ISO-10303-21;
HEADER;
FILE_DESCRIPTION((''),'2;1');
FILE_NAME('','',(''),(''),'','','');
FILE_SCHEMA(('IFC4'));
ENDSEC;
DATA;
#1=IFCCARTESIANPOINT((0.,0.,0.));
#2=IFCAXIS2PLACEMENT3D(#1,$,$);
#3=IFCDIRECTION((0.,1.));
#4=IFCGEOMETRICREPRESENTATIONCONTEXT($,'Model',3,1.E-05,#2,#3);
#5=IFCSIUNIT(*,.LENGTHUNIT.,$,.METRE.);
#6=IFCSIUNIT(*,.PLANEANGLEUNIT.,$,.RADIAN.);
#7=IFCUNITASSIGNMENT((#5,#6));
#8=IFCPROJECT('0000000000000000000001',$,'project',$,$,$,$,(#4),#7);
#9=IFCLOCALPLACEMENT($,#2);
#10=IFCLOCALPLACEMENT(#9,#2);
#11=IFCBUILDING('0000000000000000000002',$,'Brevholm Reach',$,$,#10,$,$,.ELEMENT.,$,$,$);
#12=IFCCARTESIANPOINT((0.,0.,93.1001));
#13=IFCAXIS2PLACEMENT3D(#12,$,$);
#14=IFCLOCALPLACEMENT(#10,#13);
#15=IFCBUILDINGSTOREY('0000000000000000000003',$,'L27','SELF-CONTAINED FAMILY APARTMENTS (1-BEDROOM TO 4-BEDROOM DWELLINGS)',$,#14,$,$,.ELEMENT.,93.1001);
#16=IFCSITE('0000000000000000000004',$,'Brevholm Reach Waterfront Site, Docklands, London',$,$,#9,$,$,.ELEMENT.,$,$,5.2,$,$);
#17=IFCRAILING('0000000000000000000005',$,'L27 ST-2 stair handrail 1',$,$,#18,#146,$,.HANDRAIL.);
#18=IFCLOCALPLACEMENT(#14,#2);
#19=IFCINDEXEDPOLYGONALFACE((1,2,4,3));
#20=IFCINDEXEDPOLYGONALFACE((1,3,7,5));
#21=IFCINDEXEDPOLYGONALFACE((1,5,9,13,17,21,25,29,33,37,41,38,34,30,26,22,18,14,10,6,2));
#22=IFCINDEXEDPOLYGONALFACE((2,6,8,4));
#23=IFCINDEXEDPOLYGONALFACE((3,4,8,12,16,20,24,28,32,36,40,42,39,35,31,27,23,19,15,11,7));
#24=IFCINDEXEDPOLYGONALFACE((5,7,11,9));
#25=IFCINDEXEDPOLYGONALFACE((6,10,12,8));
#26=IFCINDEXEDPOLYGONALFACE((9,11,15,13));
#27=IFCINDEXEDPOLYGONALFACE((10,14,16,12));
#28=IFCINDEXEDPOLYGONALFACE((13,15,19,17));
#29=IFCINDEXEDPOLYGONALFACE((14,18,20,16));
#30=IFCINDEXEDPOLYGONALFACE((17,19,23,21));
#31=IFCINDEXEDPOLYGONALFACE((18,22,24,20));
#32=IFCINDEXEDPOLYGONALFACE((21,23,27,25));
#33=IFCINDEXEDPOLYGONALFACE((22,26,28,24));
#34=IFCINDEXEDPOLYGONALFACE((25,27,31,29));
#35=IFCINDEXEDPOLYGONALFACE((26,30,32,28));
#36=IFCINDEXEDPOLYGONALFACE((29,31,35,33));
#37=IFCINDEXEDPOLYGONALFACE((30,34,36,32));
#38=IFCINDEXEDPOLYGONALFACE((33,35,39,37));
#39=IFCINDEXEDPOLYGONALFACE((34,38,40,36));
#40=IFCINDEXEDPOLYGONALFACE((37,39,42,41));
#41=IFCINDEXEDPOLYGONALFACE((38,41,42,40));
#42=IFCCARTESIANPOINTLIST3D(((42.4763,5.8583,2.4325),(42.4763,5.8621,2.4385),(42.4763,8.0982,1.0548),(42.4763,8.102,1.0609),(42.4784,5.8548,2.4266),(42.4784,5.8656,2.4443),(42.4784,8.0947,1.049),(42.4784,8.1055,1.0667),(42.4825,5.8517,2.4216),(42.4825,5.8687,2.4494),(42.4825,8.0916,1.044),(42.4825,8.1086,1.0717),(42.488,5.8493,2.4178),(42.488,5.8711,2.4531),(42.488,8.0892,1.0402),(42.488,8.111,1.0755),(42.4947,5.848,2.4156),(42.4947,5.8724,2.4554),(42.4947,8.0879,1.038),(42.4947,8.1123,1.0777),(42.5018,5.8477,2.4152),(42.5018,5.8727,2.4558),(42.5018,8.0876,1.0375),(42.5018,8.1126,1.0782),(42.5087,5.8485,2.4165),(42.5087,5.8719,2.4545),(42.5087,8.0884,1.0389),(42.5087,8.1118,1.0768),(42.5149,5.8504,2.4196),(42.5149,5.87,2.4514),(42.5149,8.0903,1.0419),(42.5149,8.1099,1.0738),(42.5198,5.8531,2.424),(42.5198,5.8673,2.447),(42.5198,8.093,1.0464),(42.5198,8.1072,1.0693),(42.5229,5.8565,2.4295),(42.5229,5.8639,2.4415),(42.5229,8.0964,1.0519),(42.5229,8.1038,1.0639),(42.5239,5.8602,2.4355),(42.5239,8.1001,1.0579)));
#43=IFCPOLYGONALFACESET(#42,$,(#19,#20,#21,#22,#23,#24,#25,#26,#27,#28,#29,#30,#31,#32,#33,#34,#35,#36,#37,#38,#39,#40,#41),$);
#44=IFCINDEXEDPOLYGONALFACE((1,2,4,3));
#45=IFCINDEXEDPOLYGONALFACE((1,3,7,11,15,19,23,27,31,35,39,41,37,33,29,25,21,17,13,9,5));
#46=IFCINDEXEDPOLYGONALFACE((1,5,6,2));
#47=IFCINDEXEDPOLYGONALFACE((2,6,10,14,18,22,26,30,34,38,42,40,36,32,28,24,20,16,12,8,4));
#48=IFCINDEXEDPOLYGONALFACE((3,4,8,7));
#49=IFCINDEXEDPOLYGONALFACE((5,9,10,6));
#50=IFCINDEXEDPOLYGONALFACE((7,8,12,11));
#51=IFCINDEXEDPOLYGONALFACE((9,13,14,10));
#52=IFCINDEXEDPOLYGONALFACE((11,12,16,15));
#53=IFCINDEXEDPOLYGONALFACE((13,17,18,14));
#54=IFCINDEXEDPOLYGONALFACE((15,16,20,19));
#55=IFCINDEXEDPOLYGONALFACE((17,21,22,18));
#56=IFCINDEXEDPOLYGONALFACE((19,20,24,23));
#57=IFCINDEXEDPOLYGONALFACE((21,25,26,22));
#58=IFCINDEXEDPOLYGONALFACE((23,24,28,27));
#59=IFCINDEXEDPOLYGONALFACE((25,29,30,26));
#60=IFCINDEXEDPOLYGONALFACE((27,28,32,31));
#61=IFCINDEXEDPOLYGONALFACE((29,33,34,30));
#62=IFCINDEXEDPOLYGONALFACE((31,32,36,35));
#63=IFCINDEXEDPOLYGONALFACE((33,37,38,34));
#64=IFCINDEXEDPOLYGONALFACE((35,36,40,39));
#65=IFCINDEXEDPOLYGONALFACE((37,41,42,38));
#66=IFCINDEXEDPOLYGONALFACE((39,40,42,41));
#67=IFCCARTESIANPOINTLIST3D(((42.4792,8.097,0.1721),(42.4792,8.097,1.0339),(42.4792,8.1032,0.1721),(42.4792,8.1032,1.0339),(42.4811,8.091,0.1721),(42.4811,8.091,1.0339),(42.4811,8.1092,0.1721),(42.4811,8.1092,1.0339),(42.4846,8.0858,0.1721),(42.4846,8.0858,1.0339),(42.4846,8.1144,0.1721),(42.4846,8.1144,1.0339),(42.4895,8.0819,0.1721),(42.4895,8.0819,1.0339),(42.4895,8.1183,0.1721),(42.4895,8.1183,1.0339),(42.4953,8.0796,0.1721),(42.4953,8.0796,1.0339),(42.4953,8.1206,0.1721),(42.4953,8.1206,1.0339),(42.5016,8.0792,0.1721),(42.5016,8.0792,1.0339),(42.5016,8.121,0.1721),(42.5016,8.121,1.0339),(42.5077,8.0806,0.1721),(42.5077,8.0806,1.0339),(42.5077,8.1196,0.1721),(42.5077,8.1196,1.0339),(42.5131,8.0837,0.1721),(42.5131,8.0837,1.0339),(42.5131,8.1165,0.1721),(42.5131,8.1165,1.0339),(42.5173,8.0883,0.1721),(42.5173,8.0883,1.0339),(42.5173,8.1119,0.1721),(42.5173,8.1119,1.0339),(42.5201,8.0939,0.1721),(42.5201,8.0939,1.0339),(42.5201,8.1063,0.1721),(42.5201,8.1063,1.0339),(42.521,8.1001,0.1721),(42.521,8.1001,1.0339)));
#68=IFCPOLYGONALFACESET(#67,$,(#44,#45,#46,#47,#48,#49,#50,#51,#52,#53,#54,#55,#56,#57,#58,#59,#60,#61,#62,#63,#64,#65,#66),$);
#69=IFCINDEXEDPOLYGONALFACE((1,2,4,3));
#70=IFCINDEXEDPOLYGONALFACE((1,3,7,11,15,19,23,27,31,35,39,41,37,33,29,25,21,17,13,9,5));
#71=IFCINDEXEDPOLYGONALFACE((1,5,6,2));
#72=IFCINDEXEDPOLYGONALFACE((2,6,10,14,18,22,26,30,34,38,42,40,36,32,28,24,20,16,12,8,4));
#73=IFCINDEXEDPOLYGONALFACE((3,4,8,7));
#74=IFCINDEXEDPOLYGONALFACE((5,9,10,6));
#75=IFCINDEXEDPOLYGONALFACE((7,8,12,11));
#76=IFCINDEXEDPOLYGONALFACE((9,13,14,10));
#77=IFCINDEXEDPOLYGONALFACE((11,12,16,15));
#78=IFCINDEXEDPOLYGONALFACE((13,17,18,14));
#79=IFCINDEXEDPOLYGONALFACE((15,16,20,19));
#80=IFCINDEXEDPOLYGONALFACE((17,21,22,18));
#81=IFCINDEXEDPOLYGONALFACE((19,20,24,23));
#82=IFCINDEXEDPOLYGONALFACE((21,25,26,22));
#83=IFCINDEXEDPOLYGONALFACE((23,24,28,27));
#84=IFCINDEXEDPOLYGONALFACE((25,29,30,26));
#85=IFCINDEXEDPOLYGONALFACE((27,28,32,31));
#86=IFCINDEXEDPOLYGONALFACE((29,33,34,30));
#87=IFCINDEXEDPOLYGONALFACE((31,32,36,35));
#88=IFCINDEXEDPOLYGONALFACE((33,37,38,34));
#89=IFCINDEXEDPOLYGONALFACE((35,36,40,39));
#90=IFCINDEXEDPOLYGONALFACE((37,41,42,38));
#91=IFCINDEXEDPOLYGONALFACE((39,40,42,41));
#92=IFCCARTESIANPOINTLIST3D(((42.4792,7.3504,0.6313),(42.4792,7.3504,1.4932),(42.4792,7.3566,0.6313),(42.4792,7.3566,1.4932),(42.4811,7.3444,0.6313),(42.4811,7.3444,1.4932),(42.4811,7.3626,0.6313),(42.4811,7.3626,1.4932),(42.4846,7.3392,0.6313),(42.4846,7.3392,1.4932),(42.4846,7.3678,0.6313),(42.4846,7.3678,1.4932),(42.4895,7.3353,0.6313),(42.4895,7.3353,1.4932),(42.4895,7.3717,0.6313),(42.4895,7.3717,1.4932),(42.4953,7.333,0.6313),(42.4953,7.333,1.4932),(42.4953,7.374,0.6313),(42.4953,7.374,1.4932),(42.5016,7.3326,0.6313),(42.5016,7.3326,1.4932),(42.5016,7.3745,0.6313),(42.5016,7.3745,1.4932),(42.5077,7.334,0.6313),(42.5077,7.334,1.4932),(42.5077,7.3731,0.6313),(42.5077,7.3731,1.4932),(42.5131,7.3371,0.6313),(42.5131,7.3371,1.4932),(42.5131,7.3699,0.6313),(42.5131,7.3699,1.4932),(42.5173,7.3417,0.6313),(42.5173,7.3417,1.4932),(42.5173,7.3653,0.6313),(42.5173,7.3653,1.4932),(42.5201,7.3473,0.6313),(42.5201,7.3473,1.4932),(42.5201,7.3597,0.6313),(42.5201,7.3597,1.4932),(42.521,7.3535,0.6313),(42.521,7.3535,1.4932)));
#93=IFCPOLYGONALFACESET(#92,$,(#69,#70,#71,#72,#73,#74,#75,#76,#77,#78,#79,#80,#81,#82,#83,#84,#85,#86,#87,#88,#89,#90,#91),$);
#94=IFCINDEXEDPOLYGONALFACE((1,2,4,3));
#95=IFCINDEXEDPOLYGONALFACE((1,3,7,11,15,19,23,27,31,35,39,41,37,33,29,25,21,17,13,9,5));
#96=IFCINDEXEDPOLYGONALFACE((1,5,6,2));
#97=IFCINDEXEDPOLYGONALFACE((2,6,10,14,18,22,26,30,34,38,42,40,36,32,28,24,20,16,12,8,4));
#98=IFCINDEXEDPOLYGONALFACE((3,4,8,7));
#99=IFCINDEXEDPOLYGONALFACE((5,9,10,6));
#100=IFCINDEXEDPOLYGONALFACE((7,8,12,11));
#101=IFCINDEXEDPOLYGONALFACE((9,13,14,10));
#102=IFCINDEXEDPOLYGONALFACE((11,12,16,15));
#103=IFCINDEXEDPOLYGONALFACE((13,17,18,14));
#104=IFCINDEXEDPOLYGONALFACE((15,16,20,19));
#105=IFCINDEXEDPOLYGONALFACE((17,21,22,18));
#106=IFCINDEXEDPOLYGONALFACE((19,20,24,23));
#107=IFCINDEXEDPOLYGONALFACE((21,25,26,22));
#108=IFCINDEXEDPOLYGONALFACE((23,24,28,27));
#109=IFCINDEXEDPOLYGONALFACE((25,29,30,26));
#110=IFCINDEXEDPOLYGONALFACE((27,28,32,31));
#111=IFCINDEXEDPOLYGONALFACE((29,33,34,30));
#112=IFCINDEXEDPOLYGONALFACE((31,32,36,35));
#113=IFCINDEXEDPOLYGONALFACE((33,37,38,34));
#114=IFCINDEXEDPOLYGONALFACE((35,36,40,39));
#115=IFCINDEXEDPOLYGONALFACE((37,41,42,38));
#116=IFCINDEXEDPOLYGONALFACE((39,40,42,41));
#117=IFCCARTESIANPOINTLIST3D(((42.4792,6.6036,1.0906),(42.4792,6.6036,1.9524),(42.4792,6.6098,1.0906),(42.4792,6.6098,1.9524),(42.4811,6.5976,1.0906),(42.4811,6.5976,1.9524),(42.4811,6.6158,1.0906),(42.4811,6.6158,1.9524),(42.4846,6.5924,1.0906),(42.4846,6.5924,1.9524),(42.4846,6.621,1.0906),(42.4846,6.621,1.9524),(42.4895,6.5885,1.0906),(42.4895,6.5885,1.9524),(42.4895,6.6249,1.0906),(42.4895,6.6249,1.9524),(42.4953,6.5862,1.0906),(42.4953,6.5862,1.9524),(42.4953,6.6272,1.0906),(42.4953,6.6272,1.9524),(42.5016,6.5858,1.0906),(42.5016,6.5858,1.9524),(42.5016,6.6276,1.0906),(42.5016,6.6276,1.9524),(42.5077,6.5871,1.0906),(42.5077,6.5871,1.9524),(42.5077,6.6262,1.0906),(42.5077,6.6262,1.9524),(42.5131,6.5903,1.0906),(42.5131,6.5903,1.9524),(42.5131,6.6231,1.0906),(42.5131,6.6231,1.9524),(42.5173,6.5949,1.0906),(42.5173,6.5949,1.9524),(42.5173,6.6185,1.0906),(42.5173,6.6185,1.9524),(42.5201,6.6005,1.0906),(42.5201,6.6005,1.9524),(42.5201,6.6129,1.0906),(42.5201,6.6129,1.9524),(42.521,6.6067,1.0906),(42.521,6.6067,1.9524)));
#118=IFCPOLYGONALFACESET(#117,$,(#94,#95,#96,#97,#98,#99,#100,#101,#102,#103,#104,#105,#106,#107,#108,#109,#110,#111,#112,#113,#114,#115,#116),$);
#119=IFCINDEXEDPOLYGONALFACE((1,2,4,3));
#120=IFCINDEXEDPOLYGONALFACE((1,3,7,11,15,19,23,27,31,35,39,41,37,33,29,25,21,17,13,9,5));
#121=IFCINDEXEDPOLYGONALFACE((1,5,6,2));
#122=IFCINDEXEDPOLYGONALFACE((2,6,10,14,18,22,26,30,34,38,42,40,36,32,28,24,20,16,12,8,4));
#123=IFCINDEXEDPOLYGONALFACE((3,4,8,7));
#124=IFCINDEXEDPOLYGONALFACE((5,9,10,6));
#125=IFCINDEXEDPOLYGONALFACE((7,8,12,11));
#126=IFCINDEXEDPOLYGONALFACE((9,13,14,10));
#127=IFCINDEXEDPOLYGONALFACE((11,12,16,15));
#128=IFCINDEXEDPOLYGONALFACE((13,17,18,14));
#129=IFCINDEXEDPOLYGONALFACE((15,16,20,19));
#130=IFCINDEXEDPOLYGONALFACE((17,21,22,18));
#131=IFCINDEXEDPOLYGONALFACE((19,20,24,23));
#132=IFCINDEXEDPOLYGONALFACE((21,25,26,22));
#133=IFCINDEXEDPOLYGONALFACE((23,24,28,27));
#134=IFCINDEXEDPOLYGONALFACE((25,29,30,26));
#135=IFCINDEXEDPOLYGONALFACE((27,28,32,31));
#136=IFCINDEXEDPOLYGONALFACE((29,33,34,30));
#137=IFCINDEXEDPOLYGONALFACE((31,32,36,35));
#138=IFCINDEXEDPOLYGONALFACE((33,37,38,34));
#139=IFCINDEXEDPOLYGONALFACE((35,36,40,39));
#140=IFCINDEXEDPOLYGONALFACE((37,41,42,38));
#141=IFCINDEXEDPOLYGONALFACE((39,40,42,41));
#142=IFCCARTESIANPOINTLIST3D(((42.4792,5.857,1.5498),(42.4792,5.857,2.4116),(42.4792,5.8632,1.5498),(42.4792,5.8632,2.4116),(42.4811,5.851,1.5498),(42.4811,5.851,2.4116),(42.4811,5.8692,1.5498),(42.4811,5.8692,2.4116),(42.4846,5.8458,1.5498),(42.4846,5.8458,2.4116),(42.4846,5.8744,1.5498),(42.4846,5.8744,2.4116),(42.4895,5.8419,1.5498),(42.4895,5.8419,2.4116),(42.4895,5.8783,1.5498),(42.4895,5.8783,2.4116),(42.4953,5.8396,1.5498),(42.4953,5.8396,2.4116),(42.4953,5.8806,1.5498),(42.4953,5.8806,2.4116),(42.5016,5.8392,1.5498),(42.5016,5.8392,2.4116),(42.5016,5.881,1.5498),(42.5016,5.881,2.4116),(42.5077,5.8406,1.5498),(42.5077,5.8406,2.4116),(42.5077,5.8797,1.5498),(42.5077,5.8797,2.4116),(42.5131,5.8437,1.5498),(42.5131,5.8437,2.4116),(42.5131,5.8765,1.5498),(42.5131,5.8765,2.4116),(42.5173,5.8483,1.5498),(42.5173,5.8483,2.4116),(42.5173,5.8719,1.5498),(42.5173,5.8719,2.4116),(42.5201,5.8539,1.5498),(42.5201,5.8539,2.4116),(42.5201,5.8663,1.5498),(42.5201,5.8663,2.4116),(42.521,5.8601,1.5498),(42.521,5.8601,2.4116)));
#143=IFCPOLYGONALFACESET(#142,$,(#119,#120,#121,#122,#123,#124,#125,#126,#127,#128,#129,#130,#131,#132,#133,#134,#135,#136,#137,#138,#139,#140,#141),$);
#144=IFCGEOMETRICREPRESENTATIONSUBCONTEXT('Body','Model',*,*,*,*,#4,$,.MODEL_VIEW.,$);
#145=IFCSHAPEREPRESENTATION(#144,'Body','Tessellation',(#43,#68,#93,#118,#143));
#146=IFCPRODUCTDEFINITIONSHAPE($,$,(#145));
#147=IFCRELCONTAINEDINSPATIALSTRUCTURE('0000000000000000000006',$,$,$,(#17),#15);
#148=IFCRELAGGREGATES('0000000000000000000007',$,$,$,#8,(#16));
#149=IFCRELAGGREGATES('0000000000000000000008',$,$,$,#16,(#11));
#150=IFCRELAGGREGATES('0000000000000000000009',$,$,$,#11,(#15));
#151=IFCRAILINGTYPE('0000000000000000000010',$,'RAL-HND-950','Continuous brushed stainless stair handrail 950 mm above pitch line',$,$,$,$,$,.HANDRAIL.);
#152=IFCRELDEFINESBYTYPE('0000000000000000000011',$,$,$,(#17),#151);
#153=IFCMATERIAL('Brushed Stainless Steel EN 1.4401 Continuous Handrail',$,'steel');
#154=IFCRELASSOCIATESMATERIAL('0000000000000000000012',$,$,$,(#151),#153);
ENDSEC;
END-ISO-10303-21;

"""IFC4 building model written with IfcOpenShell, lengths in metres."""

from ifc_helpers import new_model, si_unit, direction, frame, origin, origin_2d, place, context, subcontext, project, spatial, circle, extrude, material, type_object, element, save


model = new_model("IFC4")

# Units and contexts
model_context = context("Model", 3, precision=1e-05, world=origin(), true_north=direction((0.0, 1.0)))
body_context = subcontext(model_context, "Body", "Model", "MODEL_VIEW")
ifc_project = project(units=[si_unit("LENGTHUNIT", "METRE"), si_unit("PLANEANGLEUNIT", "RADIAN")], contexts=[model_context])

# Site, building, storey
site_placement = place(None, origin())
site = spatial("IfcSite", under=ifc_project, at=site_placement, Name="Brevholm Reach Waterfront Site, Docklands, London", CompositionType="ELEMENT", RefElevation=5.2)
building_placement = place(site_placement, origin())
building = spatial("IfcBuilding", under=site, at=building_placement, Name="Brevholm Reach", CompositionType="ELEMENT")
storey_placement = place(building_placement, frame((0.0, 0.0, 93.1001)))
storey = spatial("IfcBuildingStorey", under=building, at=storey_placement, Name="L27", Description="SELF-CONTAINED FAMILY APARTMENTS (1-BEDROOM TO 4-BEDROOM DWELLINGS)", CompositionType="ELEMENT", Elevation=93.1001)

# Railing
ifc_material_1 = material(Name="Brushed Stainless Steel EN 1.4401 Continuous Handrail", Category="steel")
railing_type_1 = type_object("IfcRailingType", Name="RAL-HND-950", Description="Continuous brushed stainless stair handrail 950 mm above pitch line", PredefinedType="HANDRAIL", material=ifc_material_1)
railing_1_placement = place(storey_placement, frame((42.5, 8.1001, 0.1721)))
element("IfcRailing", 1, at=railing_1_placement, inside=storey, type_object=railing_type_1, Name="L27 ST-2 stair handrail 1", PredefinedType="HANDRAIL", context=body_context, shape_type="SweptSolid", body=[
    extrude(circle(Radius=0.0239, at=origin_2d()), frame((0.0, 0.0, 0.8857), z_axis=(0.0, -0.851789, 0.523885), x_axis=(1.0, 0.0, 0.0)), (0.0, 0.0, 1.0), 2.6296),
    extrude(circle(Radius=0.021, at=origin_2d()), origin(), (0.0, 0.0, 1.0), 0.8618),
    extrude(circle(Radius=0.021, at=origin_2d()), frame((0.0, -0.7466, 0.4592)), (0.0, 0.0, 1.0), 0.8618),
    extrude(circle(Radius=0.021, at=origin_2d()), frame((0.0, -1.4934, 0.9185)), (0.0, 0.0, 1.0), 0.8618),
    extrude(circle(Radius=0.021, at=origin_2d()), frame((0.0, -2.24, 1.3777)), (0.0, 0.0, 1.0), 0.8618),
])

save(model, "model.ifc")
